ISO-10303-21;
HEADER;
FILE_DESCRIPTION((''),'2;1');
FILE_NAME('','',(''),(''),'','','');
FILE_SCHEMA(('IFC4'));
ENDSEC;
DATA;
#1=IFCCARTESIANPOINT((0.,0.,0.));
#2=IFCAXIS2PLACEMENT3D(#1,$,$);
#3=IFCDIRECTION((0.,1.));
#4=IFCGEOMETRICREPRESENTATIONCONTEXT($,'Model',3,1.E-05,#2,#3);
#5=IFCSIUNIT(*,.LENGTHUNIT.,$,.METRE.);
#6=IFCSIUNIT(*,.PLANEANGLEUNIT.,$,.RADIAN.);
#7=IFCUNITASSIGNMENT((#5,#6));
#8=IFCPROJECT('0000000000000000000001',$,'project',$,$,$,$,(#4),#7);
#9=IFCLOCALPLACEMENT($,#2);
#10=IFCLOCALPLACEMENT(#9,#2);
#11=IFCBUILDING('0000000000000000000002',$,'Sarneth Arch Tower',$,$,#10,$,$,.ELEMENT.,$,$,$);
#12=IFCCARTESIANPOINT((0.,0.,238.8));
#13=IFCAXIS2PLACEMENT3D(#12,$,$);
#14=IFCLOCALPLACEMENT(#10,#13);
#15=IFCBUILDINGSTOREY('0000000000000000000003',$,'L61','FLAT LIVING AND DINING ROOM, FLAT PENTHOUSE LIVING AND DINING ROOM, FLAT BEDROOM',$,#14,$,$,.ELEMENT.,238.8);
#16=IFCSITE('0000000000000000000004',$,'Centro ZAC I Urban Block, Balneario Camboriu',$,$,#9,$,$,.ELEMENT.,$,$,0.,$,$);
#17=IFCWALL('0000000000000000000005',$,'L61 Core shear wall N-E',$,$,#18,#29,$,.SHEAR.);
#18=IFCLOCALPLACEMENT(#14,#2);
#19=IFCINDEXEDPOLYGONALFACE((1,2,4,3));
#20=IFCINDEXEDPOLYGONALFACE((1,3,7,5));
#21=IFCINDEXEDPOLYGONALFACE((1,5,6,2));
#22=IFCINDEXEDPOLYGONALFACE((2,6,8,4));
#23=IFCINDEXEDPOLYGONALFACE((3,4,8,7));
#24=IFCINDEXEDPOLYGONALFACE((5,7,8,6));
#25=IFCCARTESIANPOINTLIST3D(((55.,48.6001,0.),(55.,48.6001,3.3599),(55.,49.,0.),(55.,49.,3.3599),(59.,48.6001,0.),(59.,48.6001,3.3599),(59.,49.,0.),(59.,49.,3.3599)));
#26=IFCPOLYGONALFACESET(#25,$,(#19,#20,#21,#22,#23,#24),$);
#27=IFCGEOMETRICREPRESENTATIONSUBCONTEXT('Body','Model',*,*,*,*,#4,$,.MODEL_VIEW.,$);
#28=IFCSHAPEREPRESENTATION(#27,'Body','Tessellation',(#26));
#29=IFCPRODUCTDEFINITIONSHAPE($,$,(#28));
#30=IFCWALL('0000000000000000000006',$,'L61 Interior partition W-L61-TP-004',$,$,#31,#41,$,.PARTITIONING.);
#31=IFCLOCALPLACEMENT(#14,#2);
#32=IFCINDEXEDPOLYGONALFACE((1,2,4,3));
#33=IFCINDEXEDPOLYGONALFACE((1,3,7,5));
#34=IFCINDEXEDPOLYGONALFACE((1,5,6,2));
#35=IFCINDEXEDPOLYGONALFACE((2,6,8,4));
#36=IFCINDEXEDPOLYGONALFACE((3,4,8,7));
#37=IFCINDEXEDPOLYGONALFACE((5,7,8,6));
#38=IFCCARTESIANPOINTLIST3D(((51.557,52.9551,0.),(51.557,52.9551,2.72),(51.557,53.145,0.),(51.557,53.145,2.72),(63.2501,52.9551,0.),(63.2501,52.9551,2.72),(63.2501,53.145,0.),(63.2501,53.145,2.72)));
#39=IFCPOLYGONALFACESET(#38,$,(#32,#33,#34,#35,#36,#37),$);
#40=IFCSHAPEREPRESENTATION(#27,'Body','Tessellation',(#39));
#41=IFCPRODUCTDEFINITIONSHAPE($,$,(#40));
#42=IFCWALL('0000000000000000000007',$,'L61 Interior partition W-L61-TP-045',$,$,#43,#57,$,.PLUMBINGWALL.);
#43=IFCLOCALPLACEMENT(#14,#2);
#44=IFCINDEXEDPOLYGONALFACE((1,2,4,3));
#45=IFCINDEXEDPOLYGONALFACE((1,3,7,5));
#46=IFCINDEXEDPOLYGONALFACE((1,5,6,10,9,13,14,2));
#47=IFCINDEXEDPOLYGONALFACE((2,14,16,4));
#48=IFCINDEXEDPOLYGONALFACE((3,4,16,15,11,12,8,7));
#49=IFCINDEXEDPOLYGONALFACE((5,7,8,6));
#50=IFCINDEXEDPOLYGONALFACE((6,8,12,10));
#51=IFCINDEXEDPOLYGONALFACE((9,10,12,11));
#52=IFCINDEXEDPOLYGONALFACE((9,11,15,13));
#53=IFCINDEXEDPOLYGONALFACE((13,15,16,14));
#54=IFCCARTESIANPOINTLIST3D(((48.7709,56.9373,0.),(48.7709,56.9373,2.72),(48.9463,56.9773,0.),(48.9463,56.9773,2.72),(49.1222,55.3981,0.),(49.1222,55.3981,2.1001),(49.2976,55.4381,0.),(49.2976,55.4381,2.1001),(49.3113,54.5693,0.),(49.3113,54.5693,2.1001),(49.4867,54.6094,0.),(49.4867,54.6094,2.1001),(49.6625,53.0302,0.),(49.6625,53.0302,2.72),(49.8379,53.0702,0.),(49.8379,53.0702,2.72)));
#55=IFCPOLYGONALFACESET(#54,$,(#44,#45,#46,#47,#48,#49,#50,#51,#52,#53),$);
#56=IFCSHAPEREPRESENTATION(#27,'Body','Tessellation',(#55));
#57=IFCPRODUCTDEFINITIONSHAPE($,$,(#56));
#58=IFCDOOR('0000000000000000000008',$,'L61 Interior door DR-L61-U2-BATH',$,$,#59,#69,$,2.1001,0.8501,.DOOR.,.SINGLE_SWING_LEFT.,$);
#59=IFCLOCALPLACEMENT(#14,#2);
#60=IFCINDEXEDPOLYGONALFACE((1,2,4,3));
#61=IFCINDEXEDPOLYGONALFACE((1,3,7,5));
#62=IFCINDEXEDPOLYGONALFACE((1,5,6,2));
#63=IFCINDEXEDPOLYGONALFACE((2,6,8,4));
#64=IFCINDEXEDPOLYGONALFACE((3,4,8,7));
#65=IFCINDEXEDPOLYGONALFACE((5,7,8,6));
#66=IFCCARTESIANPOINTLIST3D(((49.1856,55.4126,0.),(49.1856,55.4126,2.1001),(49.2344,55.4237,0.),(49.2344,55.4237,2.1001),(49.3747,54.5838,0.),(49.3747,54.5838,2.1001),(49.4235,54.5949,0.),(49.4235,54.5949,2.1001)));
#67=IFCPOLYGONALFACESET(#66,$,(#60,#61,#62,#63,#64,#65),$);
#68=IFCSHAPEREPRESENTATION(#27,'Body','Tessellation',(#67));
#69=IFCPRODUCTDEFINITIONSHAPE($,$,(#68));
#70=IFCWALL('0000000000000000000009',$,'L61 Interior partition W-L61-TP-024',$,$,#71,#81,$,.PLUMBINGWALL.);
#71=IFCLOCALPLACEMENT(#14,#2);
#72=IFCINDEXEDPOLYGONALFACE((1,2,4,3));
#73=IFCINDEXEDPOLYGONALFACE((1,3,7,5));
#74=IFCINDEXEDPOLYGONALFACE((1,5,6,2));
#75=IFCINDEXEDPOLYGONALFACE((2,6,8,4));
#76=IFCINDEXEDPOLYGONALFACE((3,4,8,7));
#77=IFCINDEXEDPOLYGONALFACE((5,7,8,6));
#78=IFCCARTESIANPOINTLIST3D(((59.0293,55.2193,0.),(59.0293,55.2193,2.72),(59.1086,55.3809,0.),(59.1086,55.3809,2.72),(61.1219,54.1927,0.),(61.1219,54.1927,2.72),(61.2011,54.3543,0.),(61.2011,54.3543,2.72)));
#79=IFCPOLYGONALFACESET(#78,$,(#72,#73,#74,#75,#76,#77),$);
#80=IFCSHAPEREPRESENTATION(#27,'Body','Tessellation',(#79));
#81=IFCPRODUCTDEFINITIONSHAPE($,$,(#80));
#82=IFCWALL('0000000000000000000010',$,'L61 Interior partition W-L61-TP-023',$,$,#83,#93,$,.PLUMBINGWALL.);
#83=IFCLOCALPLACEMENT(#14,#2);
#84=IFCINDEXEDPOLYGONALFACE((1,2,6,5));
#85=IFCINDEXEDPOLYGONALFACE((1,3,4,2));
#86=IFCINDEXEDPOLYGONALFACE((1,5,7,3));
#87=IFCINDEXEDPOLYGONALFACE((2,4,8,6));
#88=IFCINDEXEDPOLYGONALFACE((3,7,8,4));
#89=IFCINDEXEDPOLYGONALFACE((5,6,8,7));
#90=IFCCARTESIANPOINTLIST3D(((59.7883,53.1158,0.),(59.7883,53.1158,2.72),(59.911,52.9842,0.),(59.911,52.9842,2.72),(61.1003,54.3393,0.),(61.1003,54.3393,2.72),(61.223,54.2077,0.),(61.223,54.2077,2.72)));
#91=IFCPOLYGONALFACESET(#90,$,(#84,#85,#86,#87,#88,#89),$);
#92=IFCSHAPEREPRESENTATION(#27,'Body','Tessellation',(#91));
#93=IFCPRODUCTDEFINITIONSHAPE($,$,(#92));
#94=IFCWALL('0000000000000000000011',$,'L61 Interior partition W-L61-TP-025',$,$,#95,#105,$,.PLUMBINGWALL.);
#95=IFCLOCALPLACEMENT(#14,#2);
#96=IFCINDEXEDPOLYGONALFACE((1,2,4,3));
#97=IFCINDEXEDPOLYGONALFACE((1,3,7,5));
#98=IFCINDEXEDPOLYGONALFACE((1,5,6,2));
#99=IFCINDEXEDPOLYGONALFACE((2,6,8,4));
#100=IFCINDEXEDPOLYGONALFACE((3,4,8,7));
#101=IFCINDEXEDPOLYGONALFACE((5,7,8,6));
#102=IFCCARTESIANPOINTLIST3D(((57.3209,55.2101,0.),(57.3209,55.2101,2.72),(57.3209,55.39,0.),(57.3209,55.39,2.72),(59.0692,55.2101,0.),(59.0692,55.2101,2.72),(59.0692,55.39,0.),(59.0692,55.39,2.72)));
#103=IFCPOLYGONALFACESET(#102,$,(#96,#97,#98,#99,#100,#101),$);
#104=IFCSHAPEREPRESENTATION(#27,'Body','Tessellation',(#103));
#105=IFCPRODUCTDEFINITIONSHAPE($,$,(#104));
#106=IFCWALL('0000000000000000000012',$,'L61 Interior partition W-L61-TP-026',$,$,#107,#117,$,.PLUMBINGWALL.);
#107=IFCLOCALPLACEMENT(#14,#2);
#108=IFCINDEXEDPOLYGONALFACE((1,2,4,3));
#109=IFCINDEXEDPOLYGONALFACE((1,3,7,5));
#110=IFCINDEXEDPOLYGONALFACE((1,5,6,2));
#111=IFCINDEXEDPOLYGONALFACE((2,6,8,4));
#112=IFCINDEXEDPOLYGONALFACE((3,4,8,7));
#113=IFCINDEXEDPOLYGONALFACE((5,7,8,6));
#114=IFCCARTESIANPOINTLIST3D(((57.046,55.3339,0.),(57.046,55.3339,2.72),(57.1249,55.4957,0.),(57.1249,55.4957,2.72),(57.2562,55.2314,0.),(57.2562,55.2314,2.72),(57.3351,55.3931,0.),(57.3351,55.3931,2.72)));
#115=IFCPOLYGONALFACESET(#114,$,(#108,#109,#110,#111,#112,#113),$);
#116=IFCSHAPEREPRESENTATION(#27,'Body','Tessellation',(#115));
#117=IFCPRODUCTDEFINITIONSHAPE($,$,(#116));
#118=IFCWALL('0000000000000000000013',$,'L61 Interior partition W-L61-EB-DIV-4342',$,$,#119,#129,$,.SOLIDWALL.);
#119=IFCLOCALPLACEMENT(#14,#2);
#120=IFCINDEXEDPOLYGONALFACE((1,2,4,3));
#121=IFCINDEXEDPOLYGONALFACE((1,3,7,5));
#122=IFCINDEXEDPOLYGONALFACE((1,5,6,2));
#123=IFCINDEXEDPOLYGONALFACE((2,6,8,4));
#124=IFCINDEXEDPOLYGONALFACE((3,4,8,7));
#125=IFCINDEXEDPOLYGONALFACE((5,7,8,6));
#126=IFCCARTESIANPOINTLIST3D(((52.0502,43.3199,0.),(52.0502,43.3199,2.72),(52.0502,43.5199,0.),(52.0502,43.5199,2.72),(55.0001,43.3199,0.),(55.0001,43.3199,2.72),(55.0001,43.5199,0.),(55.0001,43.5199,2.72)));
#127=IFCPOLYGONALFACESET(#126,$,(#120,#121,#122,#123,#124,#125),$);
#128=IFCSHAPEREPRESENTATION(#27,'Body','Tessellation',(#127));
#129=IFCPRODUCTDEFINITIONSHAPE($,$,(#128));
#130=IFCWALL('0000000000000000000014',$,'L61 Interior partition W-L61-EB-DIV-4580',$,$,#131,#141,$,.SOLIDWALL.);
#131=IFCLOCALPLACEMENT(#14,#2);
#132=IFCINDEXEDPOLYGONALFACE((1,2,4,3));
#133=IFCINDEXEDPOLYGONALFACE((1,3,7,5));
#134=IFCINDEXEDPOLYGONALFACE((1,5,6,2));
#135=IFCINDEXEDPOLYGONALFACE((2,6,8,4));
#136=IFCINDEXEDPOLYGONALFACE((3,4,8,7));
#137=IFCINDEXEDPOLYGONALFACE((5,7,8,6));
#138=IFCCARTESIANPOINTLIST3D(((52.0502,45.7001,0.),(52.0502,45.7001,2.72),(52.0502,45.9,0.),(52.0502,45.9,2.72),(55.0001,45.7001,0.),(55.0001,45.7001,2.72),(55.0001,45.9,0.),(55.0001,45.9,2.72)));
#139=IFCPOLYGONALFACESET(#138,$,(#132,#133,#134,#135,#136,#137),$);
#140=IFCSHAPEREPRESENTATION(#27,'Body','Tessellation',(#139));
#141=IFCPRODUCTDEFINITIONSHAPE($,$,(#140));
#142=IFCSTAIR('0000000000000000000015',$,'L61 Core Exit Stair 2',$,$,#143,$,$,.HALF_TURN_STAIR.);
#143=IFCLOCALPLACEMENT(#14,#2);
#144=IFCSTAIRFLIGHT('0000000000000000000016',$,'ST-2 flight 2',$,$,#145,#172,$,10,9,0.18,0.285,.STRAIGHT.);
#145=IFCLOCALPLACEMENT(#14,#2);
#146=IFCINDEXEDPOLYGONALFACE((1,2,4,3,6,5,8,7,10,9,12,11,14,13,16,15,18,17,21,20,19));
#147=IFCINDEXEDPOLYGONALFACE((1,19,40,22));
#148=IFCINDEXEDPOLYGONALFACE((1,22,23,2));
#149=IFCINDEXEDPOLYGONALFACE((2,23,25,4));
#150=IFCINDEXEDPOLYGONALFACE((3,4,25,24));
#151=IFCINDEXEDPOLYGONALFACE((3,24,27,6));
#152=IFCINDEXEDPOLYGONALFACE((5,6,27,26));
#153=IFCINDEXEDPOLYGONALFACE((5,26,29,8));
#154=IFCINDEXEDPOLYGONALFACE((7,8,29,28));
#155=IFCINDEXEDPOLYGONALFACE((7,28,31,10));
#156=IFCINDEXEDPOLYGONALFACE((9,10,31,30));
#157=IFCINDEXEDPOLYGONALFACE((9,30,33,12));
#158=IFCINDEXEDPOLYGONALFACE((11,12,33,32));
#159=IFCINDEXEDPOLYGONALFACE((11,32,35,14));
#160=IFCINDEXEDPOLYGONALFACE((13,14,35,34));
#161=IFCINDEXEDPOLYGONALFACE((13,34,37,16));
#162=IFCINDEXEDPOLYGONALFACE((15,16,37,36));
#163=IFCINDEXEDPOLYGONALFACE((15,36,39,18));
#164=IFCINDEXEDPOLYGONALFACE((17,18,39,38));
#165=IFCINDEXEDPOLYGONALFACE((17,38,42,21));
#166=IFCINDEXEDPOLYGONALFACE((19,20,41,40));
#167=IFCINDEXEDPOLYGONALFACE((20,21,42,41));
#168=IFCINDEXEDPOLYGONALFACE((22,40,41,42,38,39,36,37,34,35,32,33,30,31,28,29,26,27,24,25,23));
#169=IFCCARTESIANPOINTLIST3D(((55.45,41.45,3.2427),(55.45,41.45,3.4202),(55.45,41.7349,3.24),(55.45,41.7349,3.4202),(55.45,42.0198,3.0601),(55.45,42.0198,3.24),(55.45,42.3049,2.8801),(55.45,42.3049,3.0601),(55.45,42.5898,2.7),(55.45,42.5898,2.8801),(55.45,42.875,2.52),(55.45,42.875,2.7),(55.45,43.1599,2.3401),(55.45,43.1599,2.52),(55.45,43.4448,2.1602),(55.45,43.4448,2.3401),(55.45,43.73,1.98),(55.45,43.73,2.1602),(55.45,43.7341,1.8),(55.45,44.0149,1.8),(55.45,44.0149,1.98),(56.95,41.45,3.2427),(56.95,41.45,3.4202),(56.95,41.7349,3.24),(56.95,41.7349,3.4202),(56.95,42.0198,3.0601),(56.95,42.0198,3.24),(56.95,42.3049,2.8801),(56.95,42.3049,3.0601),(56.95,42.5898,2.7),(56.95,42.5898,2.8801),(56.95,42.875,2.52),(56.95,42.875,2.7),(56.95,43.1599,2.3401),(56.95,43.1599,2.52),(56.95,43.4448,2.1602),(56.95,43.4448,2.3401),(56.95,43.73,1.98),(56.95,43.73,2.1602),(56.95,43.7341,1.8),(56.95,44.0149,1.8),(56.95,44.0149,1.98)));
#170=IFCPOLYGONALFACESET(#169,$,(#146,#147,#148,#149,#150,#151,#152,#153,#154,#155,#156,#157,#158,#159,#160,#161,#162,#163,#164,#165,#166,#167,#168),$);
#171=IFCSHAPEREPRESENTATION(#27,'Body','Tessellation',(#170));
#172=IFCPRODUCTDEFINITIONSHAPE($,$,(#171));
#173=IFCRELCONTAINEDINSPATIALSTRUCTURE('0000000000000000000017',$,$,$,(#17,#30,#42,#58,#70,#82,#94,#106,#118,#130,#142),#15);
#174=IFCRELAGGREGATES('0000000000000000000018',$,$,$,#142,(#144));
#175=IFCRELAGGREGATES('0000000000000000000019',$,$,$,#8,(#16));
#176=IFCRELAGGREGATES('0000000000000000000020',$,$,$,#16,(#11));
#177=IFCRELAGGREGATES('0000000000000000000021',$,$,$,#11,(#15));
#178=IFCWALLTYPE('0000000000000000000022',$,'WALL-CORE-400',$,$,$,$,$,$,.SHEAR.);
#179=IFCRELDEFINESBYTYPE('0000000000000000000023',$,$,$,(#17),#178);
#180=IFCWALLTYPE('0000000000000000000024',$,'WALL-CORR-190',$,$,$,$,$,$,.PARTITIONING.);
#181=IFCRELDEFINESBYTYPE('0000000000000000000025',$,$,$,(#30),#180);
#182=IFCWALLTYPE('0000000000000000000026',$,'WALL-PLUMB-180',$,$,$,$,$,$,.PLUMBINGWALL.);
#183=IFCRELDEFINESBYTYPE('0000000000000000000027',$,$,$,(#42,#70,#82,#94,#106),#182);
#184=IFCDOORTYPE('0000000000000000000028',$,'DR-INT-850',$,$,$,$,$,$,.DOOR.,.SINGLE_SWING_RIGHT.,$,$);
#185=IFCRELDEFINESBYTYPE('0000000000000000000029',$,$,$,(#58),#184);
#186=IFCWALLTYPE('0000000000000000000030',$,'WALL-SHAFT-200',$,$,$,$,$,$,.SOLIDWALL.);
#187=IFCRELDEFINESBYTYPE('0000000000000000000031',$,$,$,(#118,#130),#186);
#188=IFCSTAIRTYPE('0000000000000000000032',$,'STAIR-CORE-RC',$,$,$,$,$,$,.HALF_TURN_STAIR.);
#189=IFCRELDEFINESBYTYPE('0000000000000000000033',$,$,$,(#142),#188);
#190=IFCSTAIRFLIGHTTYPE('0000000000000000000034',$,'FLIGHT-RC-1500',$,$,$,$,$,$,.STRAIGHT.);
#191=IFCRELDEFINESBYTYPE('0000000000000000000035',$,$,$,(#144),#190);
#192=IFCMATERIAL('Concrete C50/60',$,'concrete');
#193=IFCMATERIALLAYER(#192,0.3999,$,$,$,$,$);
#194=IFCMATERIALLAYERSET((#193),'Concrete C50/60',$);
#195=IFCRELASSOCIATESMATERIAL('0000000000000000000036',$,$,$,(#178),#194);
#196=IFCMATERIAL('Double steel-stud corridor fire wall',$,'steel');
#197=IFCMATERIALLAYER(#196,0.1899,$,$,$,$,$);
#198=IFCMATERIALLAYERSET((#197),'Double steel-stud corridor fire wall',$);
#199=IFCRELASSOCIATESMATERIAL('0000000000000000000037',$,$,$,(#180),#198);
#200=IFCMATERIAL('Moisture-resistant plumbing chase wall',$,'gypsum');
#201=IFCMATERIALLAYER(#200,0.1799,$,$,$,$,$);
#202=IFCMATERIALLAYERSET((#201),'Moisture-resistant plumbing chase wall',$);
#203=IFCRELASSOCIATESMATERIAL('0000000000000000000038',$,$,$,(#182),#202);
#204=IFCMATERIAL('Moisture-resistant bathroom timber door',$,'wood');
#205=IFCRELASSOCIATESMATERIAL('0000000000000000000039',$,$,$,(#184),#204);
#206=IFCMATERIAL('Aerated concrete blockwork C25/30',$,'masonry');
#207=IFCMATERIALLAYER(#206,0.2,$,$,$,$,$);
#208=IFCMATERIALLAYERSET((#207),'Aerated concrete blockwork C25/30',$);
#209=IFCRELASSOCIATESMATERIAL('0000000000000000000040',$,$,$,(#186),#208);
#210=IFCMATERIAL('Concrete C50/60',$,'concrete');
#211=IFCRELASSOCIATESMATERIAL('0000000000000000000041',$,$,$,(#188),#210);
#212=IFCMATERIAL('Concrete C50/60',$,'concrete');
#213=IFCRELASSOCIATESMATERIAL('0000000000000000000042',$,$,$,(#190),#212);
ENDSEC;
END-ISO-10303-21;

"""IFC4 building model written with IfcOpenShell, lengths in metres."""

from ifc_helpers import new_model, si_unit, direction, frame, frame_2d, origin, place, context, subcontext, project, spatial, polyline, rectangle, outline, extrude, material, layer, layer_set, type_object, element, fill, aggregate, save


model = new_model("IFC4")

# Units and contexts
model_context = context("Model", 3, precision=1e-05, world=origin(), true_north=direction((0.0, 1.0)))
body_context = subcontext(model_context, "Body", "Model", "MODEL_VIEW")
ifc_project = project(units=[si_unit("LENGTHUNIT", "METRE"), si_unit("PLANEANGLEUNIT", "RADIAN")], contexts=[model_context])

# Site, building, storey
site_placement = place(None, origin())
site = spatial("IfcSite", under=ifc_project, at=site_placement, Name="Centro ZAC I Urban Block, Balneario Camboriu", CompositionType="ELEMENT", RefElevation=0.0)
building_placement = place(site_placement, origin())
building = spatial("IfcBuilding", under=site, at=building_placement, Name="Sarneth Arch Tower", CompositionType="ELEMENT")
storey_placement = place(building_placement, frame((0.0, 0.0, 238.8)))
storey = spatial("IfcBuildingStorey", under=building, at=storey_placement, Name="L61", Description="FLAT LIVING AND DINING ROOM, FLAT PENTHOUSE LIVING AND DINING ROOM, FLAT BEDROOM", CompositionType="ELEMENT", Elevation=238.8)

# Walls
ifc_material_1 = material(Name="Concrete C50/60", Category="concrete")
ifc_layer_1 = layer(ifc_material_1, 0.3999)
ifc_layer_set_1 = layer_set([ifc_layer_1], Name="Concrete C50/60")
wall_type_1 = type_object("IfcWallType", Name="WALL-CORE-400", PredefinedType="SHEAR", material=ifc_layer_set_1)
wall_1_placement = place(storey_placement, frame((55.0, 48.8, 0.0), z_axis=(0.0, 0.0, 1.0), x_axis=(1.0, 0.0, 0.0)))
element("IfcWall", 1, at=wall_1_placement, inside=storey, type_object=wall_type_1, Name="L61 Core shear wall N-E", PredefinedType="SHEAR", context=body_context, shape_type="SweptSolid", body=[
    extrude(rectangle(XDim=4.0, YDim=0.3999, at=frame_2d((2.0, 0.0))), origin(), (0.0, 0.0, 1.0), 3.3599),
])
ifc_material_2 = material(Name="Double steel-stud corridor fire wall", Category="steel")
ifc_layer_2 = layer(ifc_material_2, 0.1899)
ifc_layer_set_2 = layer_set([ifc_layer_2], Name="Double steel-stud corridor fire wall")
wall_type_2 = type_object("IfcWallType", Name="WALL-CORR-190", PredefinedType="PARTITIONING", material=ifc_layer_set_2)
wall_2_placement = place(storey_placement, frame((51.5569, 53.05, 0.0), z_axis=(0.0, 0.0, 1.0), x_axis=(1.0, 0.0, 0.0)))
element("IfcWall", 2, at=wall_2_placement, inside=storey, type_object=wall_type_2, Name="L61 Interior partition W-L61-TP-004", PredefinedType="PARTITIONING", context=body_context, shape_type="SweptSolid", body=[
    extrude(rectangle(XDim=11.6931, YDim=0.1899, at=frame_2d((5.8467, 0.0))), origin(), (0.0, 0.0, 1.0), 2.72),
])

# Wall, opening, door
ifc_material_3 = material(Name="Moisture-resistant plumbing chase wall", Category="gypsum")
ifc_layer_3 = layer(ifc_material_3, 0.1799)
ifc_layer_set_3 = layer_set([ifc_layer_3], Name="Moisture-resistant plumbing chase wall")
wall_type_3 = type_object("IfcWallType", Name="WALL-PLUMB-180", PredefinedType="PLUMBINGWALL", material=ifc_layer_set_3)
wall_3_placement = place(storey_placement, frame((49.7502, 53.05, 0.0), z_axis=(0.0, 0.0, 1.0), x_axis=(-0.222474, 0.974939, 0.0)))
wall_3 = element("IfcWall", 3, at=wall_3_placement, inside=storey, type_object=wall_type_3, Name="L61 Interior partition W-L61-TP-045", PredefinedType="PLUMBINGWALL", context=body_context, shape_type="SweptSolid", body=[
    extrude(rectangle(XDim=4.0076, YDim=0.1799, at=frame_2d((2.0039, 0.0))), origin(), (0.0, 0.0, 1.0), 2.72),
])
opening_placement = place(wall_3_placement, frame((1.5789, 0.0, 0.0)))
opening = element("IfcOpeningElement", 4, at=opening_placement, cuts=wall_3, PredefinedType="OPENING", context=body_context, shape_type="SweptSolid", body=[
    extrude(rectangle(XDim=0.8501, YDim=2.1001, at=frame_2d((0.425, 1.05))), frame((0.0, 0.0999, 0.0), z_axis=(0.0, -1.0, 0.0), x_axis=(1.0, 0.0, 0.0)), (0.0, 0.0, 1.0), 0.2),
])
ifc_material_4 = material(Name="Moisture-resistant bathroom timber door", Category="wood")
door_type = type_object("IfcDoorType", Name="DR-INT-850", OperationType="SINGLE_SWING_RIGHT", PredefinedType="DOOR", material=ifc_material_4)
door_placement = place(opening_placement, origin())
door = element("IfcDoor", 5, at=door_placement, inside=storey, type_object=door_type, Name="L61 Interior door DR-L61-U2-BATH", OperationType="SINGLE_SWING_LEFT", OverallHeight=2.1001, OverallWidth=0.8501, PredefinedType="DOOR", context=body_context, shape_type="SweptSolid", body=[
    extrude(rectangle(XDim=0.8501, YDim=2.1001, at=frame_2d((0.425, 1.05))), frame((0.0, 0.0249, 0.0), z_axis=(0.0, -1.0, 0.0), x_axis=(1.0, 0.0, 0.0)), (0.0, 0.0, 1.0), 0.05),
])
fill(opening, door)

# Walls
wall_4_placement = place(storey_placement, frame((61.1616, 54.2734, 0.0), z_axis=(0.0, 0.0, 1.0), x_axis=(-0.897775, 0.440455, 0.0)))
element("IfcWall", 6, at=wall_4_placement, inside=storey, type_object=wall_type_3, Name="L61 Interior partition W-L61-TP-024", PredefinedType="PLUMBINGWALL", context=body_context, shape_type="SweptSolid", body=[
    extrude(rectangle(XDim=2.3308, YDim=0.1799, at=frame_2d((1.1655, 0.0))), origin(), (0.0, 0.0, 1.0), 2.72),
])
wall_5_placement = place(storey_placement, frame((59.8496, 53.05, 0.0), z_axis=(0.0, 0.0, 1.0), x_axis=(0.731377, 0.681974, 0.0)))
element("IfcWall", 7, at=wall_5_placement, inside=storey, type_object=wall_type_3, Name="L61 Interior partition W-L61-TP-023", PredefinedType="PLUMBINGWALL", context=body_context, shape_type="SweptSolid", body=[
    extrude(rectangle(XDim=1.7939, YDim=0.1799, at=frame_2d((0.897, 0.0))), origin(), (0.0, 0.0, 1.0), 2.72),
])
wall_6_placement = place(storey_placement, frame((59.0691, 55.3, 0.0), z_axis=(0.0, 0.0, 1.0), x_axis=(-1.0, 0.0, 0.0)))
element("IfcWall", 8, at=wall_6_placement, inside=storey, type_object=wall_type_3, Name="L61 Interior partition W-L61-TP-025", PredefinedType="PLUMBINGWALL", context=body_context, shape_type="SweptSolid", body=[
    extrude(rectangle(XDim=1.7483, YDim=0.1799, at=frame_2d((0.874, 0.0))), origin(), (0.0, 0.0, 1.0), 2.72),
])
wall_7_placement = place(storey_placement, frame((57.2957, 55.3123, 0.0), z_axis=(0.0, 0.0, 1.0), x_axis=(-0.898768, 0.438424, 0.0)))
element("IfcWall", 9, at=wall_7_placement, inside=storey, type_object=wall_type_3, Name="L61 Interior partition W-L61-TP-026", PredefinedType="PLUMBINGWALL", context=body_context, shape_type="SweptSolid", body=[
    extrude(rectangle(XDim=0.2339, YDim=0.1799, at=frame_2d((0.1169, 0.0))), origin(), (0.0, 0.0, 1.0), 2.72),
])
ifc_material_5 = material(Name="Aerated concrete blockwork C25/30", Category="masonry")
ifc_layer_4 = layer(ifc_material_5, 0.2)
ifc_layer_set_4 = layer_set([ifc_layer_4], Name="Aerated concrete blockwork C25/30")
wall_type_4 = type_object("IfcWallType", Name="WALL-SHAFT-200", PredefinedType="SOLIDWALL", material=ifc_layer_set_4)
for number, where, z_axis, x_axis, name in (
    (10, (52.05, 43.4199, 0.0), (0.0, 0.0, 1.0), (1.0, 0.0, 0.0), "L61 Interior partition W-L61-EB-DIV-4342"),
    (11, (52.05, 45.8, 0.0), (0.0, 0.0, 1.0), (1.0, 0.0, 0.0), "L61 Interior partition W-L61-EB-DIV-4580"),
):
    element("IfcWall", number, at=place(storey_placement, frame(where, z_axis=z_axis, x_axis=x_axis)), inside=storey, type_object=wall_type_4, Name=name, PredefinedType="SOLIDWALL", context=body_context, shape_type="SweptSolid", body=[
        extrude(rectangle(XDim=2.95, YDim=0.2, at=frame_2d((1.4751, 0.0))), origin(), (0.0, 0.0, 1.0), 2.72),
    ])

# Stair, stair flight
ifc_material_6 = material(Name="Concrete C50/60", Category="concrete")
stair_type = type_object("IfcStairType", Name="STAIR-CORE-RC", PredefinedType="HALF_TURN_STAIR", material=ifc_material_6)
stair_placement = place(storey_placement, origin())
stair = element("IfcStair", 12, at=stair_placement, inside=storey, type_object=stair_type, Name="L61 Core Exit Stair 2", PredefinedType="HALF_TURN_STAIR")
ifc_material_7 = material(Name="Concrete C50/60", Category="concrete")
stair_flight_type = type_object("IfcStairFlightType", Name="FLIGHT-RC-1500", PredefinedType="STRAIGHT", material=ifc_material_7)
stair_flight_placement = place(storey_placement, frame((56.2, 44.0149, 1.8), z_axis=(0.0, 0.0, 1.0), x_axis=(0.0, -1.0, 0.0)))
stair_flight = element("IfcStairFlight", 13, at=stair_flight_placement, type_object=stair_flight_type, Name="ST-2 flight 2", NumberOfRisers=10, NumberOfTreads=9, PredefinedType="STRAIGHT", RiserHeight=0.18, TreadLength=0.285, context=body_context, shape_type="SweptSolid", body=[
    extrude(outline(polyline([(0.0, 0.0), (0.0, 0.1799), (0.2849, 0.1799), (0.2849, 0.3601), (0.5701, 0.3601), (0.5701, 0.54), (0.855, 0.54), (0.855, 0.72), (1.1399, 0.72), (1.1399, 0.8999), (1.425, 0.8999), (1.425, 1.0801), (1.71, 1.0801), (1.71, 1.26), (1.9951, 1.26), (1.9951, 1.4399), (2.28, 1.4399), (2.28, 1.6201), (2.5649, 1.6201), (2.5649, 1.8), (2.5649, 1.4426), (0.2808, 0.0), (0.0, 0.0)])), frame((0.0, 0.75, 0.0), z_axis=(0.0, -1.0, 0.0), x_axis=(1.0, 0.0, 0.0)), (0.0, 0.0, 1.0), 1.5),
])
aggregate(stair, [stair_flight])

save(model, "model.ifc")
